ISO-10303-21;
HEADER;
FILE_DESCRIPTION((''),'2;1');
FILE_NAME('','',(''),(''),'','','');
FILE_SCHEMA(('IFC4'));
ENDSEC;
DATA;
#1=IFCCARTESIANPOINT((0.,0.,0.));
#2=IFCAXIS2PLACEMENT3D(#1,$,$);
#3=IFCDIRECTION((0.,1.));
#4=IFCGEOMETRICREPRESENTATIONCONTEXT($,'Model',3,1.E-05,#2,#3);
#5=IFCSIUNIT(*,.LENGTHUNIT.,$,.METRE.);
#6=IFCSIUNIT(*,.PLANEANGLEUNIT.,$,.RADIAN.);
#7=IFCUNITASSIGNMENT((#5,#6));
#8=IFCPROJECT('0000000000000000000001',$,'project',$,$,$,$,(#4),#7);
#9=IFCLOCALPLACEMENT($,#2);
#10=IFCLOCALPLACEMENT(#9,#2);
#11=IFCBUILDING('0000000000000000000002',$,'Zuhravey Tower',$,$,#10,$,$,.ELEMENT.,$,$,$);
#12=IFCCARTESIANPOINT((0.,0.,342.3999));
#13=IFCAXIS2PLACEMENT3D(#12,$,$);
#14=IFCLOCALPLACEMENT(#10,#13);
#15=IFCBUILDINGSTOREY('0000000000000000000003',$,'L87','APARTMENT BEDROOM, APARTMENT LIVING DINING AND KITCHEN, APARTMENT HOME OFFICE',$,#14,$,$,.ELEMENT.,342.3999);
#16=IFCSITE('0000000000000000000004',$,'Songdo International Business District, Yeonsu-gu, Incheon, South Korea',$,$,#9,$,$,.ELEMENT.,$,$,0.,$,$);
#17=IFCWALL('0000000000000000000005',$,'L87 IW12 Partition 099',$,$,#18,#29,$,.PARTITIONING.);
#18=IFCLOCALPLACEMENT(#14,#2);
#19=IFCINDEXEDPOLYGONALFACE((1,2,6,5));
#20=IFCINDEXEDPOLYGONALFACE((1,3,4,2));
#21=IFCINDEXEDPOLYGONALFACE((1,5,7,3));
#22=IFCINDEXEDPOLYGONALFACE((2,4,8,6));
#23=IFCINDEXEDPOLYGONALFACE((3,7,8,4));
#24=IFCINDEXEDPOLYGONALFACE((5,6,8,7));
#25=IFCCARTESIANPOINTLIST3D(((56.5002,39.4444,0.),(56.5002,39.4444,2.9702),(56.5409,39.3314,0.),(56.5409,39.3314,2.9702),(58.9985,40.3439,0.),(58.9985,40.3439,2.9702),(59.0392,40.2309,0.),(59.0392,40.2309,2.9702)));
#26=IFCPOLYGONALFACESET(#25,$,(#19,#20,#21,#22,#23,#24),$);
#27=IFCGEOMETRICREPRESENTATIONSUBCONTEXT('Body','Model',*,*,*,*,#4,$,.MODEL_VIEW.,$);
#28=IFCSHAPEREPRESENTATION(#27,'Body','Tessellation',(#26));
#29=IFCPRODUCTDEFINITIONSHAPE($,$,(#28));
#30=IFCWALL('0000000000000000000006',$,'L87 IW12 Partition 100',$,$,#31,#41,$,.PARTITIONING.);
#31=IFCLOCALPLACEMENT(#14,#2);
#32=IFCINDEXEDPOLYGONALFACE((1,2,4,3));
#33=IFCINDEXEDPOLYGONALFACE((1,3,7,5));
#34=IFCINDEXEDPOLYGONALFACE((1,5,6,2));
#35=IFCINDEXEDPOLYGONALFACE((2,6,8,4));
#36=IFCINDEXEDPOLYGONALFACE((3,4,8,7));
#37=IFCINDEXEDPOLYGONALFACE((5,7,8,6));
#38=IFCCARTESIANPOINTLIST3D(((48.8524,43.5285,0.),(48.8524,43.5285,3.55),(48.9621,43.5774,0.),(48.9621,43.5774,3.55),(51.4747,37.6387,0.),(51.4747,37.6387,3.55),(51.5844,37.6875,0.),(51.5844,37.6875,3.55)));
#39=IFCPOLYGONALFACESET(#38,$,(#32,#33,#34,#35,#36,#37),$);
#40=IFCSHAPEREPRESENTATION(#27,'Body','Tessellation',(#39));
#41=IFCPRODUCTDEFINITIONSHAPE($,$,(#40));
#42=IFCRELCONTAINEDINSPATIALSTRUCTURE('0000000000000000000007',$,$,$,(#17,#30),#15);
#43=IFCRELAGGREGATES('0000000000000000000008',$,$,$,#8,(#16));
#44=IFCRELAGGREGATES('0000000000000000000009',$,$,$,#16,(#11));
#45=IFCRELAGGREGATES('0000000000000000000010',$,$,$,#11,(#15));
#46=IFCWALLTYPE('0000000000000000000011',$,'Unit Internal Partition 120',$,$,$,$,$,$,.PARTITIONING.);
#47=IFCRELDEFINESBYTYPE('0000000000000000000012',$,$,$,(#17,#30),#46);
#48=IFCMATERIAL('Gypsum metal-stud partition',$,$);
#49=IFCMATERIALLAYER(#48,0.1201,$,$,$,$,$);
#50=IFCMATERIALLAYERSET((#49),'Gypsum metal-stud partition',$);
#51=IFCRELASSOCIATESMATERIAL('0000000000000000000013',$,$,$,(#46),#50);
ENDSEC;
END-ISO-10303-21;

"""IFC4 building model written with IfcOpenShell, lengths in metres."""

from ifc_helpers import new_model, si_unit, direction, frame, frame_2d, origin, place, context, subcontext, project, spatial, rectangle, extrude, material, layer, layer_set, type_object, element, save


model = new_model("IFC4")

# Units and contexts
model_context = context("Model", 3, precision=1e-05, world=origin(), true_north=direction((0.0, 1.0)))
body_context = subcontext(model_context, "Body", "Model", "MODEL_VIEW")
ifc_project = project(units=[si_unit("LENGTHUNIT", "METRE"), si_unit("PLANEANGLEUNIT", "RADIAN")], contexts=[model_context])

# Site, building, storey
site_placement = place(None, origin())
site = spatial("IfcSite", under=ifc_project, at=site_placement, Name="Songdo International Business District, Yeonsu-gu, Incheon, South Korea", CompositionType="ELEMENT", RefElevation=0.0)
building_placement = place(site_placement, origin())
building = spatial("IfcBuilding", under=site, at=building_placement, Name="Zuhravey Tower", CompositionType="ELEMENT")
storey_placement = place(building_placement, frame((0.0, 0.0, 342.3999)))
storey = spatial("IfcBuildingStorey", under=building, at=storey_placement, Name="L87", Description="APARTMENT BEDROOM, APARTMENT LIVING DINING AND KITCHEN, APARTMENT HOME OFFICE", CompositionType="ELEMENT", Elevation=342.3999)

# Shared definitions
ifc_material_1 = material(Name="Gypsum metal-stud partition")
ifc_layer_1 = layer(ifc_material_1, 0.1201)
ifc_layer_set_1 = layer_set([ifc_layer_1], Name="Gypsum metal-stud partition")
wall_type_1 = type_object("IfcWallType", Name="Unit Internal Partition 120", PredefinedType="PARTITIONING", material=ifc_layer_set_1)

# Walls
wall_1_placement = place(storey_placement, frame((56.5205, 39.3879, 0.0), z_axis=(0.0, 0.0, 1.0), x_axis=(0.940884, 0.338729, 0.0)))
element("IfcWall", 1, at=wall_1_placement, inside=storey, type_object=wall_type_1, Name="L87 IW12 Partition 099", PredefinedType="PARTITIONING", context=body_context, shape_type="SweptSolid", body=[
    extrude(rectangle(XDim=2.6553, YDim=0.1201, at=frame_2d((1.3276, 0.0))), origin(), (0.0, 0.0, 1.0), 2.9702),
])
wall_2_placement = place(storey_placement, frame((51.5295, 37.6631, 0.0), z_axis=(0.0, 0.0, 1.0), x_axis=(-0.406732, 0.913547, 0.0)))
element("IfcWall", 2, at=wall_2_placement, inside=storey, type_object=wall_type_1, Name="L87 IW12 Partition 100", PredefinedType="PARTITIONING", context=body_context, shape_type="SweptSolid", body=[
    extrude(rectangle(XDim=6.4473, YDim=0.1201, at=frame_2d((3.2236, 0.0))), origin(), (0.0, 0.0, 1.0), 3.55),
])

save(model, "model.ifc")
